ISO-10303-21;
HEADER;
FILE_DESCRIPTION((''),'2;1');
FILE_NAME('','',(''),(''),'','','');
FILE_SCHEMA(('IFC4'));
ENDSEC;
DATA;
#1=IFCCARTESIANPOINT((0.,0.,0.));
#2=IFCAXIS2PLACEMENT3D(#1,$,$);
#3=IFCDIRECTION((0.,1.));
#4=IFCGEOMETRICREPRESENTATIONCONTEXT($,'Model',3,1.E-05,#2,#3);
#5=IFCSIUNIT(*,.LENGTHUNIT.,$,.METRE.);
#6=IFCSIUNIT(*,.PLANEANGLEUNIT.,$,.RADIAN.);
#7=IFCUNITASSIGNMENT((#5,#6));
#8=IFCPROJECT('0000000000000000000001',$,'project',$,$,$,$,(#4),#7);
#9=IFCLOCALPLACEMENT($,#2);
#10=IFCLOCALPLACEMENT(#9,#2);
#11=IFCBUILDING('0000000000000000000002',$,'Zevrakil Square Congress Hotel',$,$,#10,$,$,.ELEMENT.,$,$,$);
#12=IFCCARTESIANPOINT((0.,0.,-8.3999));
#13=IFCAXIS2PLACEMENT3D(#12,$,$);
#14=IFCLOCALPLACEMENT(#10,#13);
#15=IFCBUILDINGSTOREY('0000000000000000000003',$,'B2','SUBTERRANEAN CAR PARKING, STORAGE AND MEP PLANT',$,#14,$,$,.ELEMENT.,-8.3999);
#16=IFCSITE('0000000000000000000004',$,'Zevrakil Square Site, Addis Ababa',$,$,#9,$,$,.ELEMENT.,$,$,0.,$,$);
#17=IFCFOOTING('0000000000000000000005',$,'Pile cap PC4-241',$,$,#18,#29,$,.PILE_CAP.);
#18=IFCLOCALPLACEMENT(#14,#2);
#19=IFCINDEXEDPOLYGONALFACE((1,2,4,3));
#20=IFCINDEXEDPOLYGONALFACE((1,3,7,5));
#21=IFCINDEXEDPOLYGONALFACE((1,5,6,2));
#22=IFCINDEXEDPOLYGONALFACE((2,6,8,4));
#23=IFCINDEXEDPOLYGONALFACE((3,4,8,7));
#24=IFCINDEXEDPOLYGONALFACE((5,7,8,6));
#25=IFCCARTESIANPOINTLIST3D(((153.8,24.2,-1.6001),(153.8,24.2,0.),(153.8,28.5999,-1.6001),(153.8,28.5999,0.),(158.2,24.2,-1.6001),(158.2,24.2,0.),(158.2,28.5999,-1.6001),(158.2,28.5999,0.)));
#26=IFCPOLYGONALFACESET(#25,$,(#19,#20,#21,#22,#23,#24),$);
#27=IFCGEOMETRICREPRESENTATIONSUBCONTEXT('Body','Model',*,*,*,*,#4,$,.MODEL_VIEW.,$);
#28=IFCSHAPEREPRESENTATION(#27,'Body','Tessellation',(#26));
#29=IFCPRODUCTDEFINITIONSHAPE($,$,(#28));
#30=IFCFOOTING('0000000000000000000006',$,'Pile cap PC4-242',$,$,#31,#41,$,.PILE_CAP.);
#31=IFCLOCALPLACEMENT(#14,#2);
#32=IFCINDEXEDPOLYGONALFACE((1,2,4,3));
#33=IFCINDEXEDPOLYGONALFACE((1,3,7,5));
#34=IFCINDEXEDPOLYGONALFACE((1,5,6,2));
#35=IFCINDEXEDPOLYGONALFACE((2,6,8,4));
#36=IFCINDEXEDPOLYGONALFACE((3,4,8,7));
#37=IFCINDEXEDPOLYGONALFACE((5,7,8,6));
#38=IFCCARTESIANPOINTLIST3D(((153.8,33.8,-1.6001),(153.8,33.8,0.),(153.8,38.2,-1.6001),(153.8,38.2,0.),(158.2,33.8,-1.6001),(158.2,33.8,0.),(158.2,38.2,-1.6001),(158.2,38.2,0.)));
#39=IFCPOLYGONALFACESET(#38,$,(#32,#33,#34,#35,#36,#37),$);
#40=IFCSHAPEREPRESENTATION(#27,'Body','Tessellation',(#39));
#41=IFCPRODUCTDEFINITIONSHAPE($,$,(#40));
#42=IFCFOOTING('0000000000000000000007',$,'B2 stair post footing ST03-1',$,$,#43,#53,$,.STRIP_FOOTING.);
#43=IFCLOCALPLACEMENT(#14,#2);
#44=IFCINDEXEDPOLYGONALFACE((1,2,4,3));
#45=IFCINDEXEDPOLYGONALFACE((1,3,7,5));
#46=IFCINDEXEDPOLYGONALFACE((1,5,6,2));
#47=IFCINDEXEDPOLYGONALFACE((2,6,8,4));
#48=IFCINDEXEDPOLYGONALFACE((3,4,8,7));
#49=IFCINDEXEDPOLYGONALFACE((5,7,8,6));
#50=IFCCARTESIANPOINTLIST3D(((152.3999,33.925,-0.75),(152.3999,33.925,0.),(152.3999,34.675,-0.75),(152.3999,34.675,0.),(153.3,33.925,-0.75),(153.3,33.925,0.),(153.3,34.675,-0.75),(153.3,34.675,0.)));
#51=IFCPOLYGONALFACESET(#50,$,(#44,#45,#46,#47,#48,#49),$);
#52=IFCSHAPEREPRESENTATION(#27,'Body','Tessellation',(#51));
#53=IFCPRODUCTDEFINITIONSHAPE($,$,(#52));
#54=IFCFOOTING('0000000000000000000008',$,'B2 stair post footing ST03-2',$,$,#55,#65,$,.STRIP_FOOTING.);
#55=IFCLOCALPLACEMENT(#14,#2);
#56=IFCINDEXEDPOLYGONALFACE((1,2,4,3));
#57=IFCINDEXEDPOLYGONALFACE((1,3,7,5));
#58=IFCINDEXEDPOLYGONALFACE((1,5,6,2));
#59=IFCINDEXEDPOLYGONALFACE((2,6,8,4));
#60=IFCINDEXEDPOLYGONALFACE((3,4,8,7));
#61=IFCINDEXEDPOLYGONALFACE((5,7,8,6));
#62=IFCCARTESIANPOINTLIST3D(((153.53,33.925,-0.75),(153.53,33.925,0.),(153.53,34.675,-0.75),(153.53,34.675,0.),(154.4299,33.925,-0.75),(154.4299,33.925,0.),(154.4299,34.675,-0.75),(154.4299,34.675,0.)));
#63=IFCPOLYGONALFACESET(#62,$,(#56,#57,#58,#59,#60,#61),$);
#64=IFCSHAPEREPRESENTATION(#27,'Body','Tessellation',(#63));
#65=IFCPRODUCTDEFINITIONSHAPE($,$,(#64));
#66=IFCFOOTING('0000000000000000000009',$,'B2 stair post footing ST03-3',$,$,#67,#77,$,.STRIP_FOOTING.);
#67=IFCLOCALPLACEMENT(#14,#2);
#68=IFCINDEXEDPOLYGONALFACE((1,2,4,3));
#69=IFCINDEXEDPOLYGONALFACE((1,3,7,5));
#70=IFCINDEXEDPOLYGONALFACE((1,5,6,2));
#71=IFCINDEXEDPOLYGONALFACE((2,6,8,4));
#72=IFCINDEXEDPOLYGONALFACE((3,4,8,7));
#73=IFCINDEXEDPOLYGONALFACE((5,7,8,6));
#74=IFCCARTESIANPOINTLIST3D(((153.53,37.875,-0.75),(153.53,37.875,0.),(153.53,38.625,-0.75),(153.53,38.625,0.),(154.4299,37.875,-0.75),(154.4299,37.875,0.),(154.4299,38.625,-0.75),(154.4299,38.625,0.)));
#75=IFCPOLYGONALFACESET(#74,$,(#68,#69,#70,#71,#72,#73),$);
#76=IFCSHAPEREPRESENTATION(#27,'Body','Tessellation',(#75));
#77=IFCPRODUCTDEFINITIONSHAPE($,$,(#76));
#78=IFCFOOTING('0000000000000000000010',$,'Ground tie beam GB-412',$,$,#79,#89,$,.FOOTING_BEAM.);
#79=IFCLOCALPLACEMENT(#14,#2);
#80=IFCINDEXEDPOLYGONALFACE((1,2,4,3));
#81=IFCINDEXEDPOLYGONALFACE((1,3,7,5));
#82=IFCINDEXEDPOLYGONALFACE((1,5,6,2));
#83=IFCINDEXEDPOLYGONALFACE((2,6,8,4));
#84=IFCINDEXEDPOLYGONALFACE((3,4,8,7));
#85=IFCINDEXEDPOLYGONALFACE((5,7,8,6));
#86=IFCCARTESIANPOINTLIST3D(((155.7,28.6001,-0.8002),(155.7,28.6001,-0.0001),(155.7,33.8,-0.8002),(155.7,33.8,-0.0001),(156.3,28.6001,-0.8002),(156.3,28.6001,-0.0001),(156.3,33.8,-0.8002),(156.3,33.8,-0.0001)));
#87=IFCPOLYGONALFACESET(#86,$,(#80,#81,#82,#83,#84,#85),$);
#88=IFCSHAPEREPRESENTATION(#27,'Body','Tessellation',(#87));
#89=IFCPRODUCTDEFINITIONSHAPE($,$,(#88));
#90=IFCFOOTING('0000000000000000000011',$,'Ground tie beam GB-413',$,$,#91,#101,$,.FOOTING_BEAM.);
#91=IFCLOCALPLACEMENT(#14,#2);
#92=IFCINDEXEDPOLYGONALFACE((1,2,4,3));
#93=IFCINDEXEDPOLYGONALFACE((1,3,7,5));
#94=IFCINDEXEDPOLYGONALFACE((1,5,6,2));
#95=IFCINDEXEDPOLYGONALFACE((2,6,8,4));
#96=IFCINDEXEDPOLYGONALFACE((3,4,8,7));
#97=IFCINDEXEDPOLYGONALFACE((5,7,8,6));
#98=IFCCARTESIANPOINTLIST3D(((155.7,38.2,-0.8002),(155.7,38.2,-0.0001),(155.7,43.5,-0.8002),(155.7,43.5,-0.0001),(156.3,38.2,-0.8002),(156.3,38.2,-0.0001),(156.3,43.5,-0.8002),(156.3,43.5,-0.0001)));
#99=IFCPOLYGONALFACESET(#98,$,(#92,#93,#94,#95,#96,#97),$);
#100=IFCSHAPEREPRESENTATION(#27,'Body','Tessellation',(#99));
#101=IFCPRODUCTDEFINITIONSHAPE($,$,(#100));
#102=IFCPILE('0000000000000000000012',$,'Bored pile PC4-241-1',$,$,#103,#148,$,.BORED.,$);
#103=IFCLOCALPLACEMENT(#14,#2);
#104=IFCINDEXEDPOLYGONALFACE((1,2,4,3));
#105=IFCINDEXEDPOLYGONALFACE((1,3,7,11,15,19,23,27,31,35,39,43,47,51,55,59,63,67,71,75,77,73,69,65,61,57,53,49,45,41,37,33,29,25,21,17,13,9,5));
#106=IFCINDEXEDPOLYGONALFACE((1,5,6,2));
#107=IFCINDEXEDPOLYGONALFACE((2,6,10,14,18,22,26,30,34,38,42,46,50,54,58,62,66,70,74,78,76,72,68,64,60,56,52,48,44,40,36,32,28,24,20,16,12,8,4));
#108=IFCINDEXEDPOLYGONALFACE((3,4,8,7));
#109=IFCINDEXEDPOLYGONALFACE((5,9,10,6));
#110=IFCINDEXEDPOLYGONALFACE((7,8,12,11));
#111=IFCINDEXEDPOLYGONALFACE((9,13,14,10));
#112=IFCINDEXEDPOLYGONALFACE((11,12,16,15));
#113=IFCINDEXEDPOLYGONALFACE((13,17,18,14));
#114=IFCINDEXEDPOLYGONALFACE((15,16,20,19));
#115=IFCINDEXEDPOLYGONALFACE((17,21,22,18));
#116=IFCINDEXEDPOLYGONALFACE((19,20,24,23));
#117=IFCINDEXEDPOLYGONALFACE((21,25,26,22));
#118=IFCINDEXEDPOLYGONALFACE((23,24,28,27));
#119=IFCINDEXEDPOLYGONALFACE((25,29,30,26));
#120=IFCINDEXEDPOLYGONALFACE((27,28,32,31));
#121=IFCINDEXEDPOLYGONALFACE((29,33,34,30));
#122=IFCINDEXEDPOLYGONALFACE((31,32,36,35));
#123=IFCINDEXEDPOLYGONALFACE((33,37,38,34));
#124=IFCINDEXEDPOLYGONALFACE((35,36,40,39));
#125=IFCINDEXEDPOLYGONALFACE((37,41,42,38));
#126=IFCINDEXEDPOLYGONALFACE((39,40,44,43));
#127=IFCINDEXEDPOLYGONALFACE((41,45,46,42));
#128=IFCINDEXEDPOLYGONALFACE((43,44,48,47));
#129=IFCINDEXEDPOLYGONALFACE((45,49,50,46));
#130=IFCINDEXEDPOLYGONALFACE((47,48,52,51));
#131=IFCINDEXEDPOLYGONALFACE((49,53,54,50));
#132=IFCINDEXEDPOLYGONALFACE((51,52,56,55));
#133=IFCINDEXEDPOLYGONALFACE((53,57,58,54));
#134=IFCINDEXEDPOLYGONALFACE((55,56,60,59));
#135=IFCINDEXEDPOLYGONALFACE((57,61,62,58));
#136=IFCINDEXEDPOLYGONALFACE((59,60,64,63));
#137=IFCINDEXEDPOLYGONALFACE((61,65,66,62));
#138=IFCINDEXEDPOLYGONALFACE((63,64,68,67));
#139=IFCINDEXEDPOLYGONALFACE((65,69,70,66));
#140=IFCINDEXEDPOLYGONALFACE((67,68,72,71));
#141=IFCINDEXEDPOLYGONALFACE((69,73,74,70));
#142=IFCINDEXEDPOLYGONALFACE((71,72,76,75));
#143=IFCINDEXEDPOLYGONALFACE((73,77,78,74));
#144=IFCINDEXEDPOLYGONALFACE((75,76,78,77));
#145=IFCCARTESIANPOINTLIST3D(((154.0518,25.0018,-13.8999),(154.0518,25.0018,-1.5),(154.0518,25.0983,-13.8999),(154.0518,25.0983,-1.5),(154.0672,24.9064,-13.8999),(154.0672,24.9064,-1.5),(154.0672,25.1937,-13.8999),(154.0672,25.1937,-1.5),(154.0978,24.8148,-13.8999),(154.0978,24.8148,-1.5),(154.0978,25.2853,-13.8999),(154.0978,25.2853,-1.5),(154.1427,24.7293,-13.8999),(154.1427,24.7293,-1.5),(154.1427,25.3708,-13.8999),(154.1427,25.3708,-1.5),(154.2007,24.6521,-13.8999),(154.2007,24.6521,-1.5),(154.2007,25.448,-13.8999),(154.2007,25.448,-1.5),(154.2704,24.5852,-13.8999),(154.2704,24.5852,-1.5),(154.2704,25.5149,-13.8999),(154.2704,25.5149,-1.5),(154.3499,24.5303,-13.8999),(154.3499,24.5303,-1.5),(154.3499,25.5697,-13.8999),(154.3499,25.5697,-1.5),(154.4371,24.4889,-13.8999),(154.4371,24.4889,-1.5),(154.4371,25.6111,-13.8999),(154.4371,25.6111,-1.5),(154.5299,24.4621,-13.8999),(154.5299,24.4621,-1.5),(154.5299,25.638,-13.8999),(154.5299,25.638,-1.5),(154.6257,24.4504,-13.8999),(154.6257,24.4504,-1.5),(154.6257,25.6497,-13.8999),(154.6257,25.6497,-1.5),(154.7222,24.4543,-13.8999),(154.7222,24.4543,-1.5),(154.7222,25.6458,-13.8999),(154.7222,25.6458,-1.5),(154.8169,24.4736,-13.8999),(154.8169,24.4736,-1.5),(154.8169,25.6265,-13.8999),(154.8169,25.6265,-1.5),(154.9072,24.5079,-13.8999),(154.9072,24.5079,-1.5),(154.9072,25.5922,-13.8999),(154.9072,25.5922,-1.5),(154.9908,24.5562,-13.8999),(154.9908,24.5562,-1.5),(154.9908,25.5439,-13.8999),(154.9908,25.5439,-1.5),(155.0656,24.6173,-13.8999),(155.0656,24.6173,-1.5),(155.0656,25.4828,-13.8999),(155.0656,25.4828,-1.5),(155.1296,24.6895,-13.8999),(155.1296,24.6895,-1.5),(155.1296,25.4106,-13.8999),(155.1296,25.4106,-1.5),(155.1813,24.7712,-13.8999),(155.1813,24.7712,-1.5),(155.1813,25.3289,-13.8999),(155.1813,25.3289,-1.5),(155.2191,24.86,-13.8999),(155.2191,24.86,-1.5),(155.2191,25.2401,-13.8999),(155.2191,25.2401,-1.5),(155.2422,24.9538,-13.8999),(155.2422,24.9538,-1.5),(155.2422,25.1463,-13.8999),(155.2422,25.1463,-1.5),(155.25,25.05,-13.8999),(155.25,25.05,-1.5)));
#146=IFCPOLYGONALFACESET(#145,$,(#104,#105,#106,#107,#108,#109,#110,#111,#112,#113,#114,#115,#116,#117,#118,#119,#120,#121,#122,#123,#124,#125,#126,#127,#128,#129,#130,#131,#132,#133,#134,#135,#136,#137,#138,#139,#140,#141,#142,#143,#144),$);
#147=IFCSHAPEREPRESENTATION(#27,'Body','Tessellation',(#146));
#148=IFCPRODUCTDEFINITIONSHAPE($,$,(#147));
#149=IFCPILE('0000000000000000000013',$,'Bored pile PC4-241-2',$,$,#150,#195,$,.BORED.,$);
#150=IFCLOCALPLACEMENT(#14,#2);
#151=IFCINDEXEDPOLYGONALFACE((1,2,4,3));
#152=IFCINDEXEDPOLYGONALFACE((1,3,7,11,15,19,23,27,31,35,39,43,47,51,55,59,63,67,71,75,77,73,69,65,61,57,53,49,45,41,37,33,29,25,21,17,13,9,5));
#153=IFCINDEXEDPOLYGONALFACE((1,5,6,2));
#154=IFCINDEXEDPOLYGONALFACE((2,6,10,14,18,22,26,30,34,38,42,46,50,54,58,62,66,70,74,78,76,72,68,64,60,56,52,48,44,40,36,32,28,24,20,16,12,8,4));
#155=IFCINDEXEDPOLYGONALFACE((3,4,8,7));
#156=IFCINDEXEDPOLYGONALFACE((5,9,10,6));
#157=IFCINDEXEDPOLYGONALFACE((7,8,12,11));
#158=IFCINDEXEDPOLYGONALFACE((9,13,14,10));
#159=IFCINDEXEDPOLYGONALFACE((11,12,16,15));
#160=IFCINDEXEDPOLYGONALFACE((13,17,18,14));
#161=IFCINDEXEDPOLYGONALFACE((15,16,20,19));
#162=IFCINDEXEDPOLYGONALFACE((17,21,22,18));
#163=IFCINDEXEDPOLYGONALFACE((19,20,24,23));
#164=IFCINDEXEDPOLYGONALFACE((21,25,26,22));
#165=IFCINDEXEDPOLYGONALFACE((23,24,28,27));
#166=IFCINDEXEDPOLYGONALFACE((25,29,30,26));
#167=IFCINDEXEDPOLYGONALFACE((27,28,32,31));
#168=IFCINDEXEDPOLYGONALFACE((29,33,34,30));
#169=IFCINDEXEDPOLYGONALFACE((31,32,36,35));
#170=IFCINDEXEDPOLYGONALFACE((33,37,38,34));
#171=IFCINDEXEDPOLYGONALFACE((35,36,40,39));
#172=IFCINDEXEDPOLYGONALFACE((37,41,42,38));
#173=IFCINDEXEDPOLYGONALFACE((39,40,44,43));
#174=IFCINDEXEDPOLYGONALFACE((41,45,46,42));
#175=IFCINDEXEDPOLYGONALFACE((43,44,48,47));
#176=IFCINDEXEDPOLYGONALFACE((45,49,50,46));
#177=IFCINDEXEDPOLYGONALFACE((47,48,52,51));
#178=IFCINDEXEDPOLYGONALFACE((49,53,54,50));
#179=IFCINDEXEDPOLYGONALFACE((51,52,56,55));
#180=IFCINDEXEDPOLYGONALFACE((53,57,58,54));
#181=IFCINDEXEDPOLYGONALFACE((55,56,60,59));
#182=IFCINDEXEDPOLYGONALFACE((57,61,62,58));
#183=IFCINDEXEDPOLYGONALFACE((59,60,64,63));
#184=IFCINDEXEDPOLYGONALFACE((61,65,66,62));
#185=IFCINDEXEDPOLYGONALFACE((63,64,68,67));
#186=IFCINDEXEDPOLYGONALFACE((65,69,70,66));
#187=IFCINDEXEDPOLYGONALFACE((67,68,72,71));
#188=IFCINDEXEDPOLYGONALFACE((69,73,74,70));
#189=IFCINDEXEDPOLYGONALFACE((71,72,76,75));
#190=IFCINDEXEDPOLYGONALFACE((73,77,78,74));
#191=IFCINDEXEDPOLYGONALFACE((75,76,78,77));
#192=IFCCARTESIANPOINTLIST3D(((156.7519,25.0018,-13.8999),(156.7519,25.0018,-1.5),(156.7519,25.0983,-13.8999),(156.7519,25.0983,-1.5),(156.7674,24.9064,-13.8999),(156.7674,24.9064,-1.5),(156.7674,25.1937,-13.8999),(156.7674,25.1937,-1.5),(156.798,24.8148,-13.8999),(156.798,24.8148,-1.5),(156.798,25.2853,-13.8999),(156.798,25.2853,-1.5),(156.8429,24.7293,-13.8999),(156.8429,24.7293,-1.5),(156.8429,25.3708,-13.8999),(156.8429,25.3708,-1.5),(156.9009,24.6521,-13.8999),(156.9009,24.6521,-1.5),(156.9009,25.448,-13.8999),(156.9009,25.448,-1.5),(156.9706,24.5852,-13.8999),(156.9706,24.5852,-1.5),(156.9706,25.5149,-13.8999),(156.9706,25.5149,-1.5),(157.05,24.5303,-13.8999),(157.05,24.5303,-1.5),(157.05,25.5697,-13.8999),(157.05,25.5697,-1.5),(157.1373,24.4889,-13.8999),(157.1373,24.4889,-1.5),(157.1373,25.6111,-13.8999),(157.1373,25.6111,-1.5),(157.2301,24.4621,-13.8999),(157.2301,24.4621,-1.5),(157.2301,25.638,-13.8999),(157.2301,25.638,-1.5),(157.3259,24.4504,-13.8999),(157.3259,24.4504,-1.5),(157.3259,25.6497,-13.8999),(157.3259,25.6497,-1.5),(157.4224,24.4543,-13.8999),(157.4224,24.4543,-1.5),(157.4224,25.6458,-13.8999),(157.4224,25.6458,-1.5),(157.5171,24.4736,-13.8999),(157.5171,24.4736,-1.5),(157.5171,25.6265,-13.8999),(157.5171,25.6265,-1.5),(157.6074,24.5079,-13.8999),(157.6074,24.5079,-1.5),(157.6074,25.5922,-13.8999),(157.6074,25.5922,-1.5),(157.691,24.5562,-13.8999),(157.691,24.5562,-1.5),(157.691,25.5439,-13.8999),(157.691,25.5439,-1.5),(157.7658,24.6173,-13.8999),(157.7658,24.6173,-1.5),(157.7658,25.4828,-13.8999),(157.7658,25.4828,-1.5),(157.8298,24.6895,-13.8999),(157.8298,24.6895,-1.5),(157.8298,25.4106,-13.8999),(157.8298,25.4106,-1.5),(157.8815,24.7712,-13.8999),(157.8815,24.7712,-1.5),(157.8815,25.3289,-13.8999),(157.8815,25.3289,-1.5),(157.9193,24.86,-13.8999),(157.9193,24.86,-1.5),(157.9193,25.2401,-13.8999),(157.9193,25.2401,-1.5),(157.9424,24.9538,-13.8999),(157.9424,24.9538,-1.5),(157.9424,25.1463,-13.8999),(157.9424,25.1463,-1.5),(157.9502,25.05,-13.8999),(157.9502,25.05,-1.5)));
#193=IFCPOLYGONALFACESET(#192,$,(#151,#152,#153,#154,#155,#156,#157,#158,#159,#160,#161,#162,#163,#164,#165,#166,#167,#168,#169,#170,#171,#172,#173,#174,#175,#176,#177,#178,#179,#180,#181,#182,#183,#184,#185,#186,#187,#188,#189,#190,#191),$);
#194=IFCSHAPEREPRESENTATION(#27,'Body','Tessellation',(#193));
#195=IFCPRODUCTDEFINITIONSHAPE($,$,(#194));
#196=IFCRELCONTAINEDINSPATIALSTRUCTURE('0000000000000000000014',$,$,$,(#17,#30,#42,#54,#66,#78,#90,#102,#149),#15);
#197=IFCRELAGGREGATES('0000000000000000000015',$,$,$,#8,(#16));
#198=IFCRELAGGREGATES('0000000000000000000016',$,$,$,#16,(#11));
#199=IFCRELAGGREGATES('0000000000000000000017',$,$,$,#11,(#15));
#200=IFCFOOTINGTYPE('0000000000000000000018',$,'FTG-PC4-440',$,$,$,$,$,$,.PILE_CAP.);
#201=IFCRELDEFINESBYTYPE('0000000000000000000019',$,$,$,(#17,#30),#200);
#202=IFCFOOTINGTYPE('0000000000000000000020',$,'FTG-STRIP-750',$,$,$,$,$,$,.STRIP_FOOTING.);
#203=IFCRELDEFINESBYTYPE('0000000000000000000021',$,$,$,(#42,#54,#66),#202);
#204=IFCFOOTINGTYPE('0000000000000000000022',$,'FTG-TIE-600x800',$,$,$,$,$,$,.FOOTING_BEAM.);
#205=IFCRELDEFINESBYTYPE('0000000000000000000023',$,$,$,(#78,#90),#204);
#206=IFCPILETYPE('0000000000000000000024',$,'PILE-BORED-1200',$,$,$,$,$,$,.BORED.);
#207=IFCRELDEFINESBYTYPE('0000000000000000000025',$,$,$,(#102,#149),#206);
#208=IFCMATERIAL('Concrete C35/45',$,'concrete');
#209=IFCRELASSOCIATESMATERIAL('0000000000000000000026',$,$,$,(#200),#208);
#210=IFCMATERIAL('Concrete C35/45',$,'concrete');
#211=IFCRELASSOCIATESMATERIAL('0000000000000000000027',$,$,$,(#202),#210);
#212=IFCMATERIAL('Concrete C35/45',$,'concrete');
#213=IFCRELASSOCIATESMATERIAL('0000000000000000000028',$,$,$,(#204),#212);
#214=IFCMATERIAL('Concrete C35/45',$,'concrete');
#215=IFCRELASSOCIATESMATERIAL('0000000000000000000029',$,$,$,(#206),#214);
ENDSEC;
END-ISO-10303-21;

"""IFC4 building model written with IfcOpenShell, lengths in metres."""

from ifc_helpers import new_model, si_unit, direction, frame, origin, origin_2d, place, context, subcontext, project, spatial, rectangle, circle, extrude, material, material_profile, profile_set, type_object, element, save


model = new_model("IFC4")

# Units and contexts
model_context = context("Model", 3, precision=1e-05, world=origin(), true_north=direction((0.0, 1.0)))
body_context = subcontext(model_context, "Body", "Model", "MODEL_VIEW")
ifc_project = project(units=[si_unit("LENGTHUNIT", "METRE"), si_unit("PLANEANGLEUNIT", "RADIAN")], contexts=[model_context])

# Site, building, storey
site_placement = place(None, origin())
site = spatial("IfcSite", under=ifc_project, at=site_placement, Name="Zevrakil Square Site, Addis Ababa", CompositionType="ELEMENT", RefElevation=0.0)
building_placement = place(site_placement, origin())
building = spatial("IfcBuilding", under=site, at=building_placement, Name="Zevrakil Square Congress Hotel", CompositionType="ELEMENT")
storey_placement = place(building_placement, frame((0.0, 0.0, -8.3999)))
storey = spatial("IfcBuildingStorey", under=building, at=storey_placement, Name="B2", Description="SUBTERRANEAN CAR PARKING, STORAGE AND MEP PLANT", CompositionType="ELEMENT", Elevation=-8.3999)

# Footings
ifc_material_1 = material(Name="Concrete C35/45", Category="concrete")
footing_type_1 = type_object("IfcFootingType", Name="FTG-PC4-440", PredefinedType="PILE_CAP", material=ifc_material_1)
for number, where, z_axis, x_axis, name in (
    (1, (156.0, 26.3999, -1.6001), (0.0, 0.0, 1.0), (1.0, 0.0, 0.0), "Pile cap PC4-241"),
    (2, (156.0, 36.0, -1.6001), (0.0, 0.0, 1.0), (1.0, 0.0, 0.0), "Pile cap PC4-242"),
):
    element("IfcFooting", number, at=place(storey_placement, frame(where, z_axis=z_axis, x_axis=x_axis)), inside=storey, type_object=footing_type_1, Name=name, PredefinedType="PILE_CAP", context=body_context, shape_type="SweptSolid", body=[
        extrude(rectangle(XDim=4.3999, YDim=4.3999, at=origin_2d()), origin(), (0.0, 0.0, 1.0), 1.6001),
    ])
ifc_material_2 = material(Name="Concrete C35/45", Category="concrete")
ifc_material_profile_1 = material_profile(ifc_material_2, rectangle(XDim=0.75, YDim=0.75, at=origin_2d()), Name="RC 750x750")
ifc_profile_set_1 = profile_set([ifc_material_profile_1], Name="Concrete C35/45")
footing_type_2 = type_object("IfcFootingType", Name="FTG-STRIP-750", PredefinedType="STRIP_FOOTING", material=ifc_profile_set_1)
footing_1_placement = place(storey_placement, frame((152.3999, 34.3, -0.375), z_axis=(1.0, 0.0, 0.0), x_axis=(0.0, 1.0, 0.0)))
element("IfcFooting", 3, at=footing_1_placement, inside=storey, type_object=footing_type_2, Name="B2 stair post footing ST03-1", PredefinedType="STRIP_FOOTING", context=body_context, shape_type="SweptSolid", body=[
    extrude(rectangle(XDim=0.75, YDim=0.75, at=origin_2d()), origin(), (0.0, 0.0, 1.0), 0.9001),
])
for number, where, z_axis, x_axis, name in (
    (4, (153.53, 34.3, -0.375), (1.0, 0.0, 0.0), (0.0, 1.0, 0.0), "B2 stair post footing ST03-2"),
    (5, (153.53, 38.25, -0.375), (1.0, 0.0, 0.0), (0.0, 1.0, 0.0), "B2 stair post footing ST03-3"),
):
    element("IfcFooting", number, at=place(storey_placement, frame(where, z_axis=z_axis, x_axis=x_axis)), inside=storey, type_object=footing_type_2, Name=name, PredefinedType="STRIP_FOOTING", context=body_context, shape_type="SweptSolid", body=[
        extrude(rectangle(XDim=0.75, YDim=0.75, at=origin_2d()), origin(), (0.0, 0.0, 1.0), 0.8999),
    ])
ifc_material_3 = material(Name="Concrete C35/45", Category="concrete")
ifc_material_profile_2 = material_profile(ifc_material_3, rectangle(XDim=0.6001, YDim=0.8, at=origin_2d()), Name="RC 600x800")
ifc_profile_set_2 = profile_set([ifc_material_profile_2], Name="Concrete C35/45")
footing_type_3 = type_object("IfcFootingType", Name="FTG-TIE-600x800", PredefinedType="FOOTING_BEAM", material=ifc_profile_set_2)
footing_2_placement = place(storey_placement, frame((156.0, 28.6001, -0.4001), z_axis=(0.0, 1.0, 0.0), x_axis=(-1.0, 0.0, 0.0)))
element("IfcFooting", 6, at=footing_2_placement, inside=storey, type_object=footing_type_3, Name="Ground tie beam GB-412", PredefinedType="FOOTING_BEAM", context=body_context, shape_type="SweptSolid", body=[
    extrude(rectangle(XDim=0.6001, YDim=0.8, at=origin_2d()), origin(), (0.0, 0.0, 1.0), 5.2),
])
footing_3_placement = place(storey_placement, frame((156.0, 38.2, -0.4001), z_axis=(0.0, 1.0, 0.0), x_axis=(-1.0, 0.0, 0.0)))
element("IfcFooting", 7, at=footing_3_placement, inside=storey, type_object=footing_type_3, Name="Ground tie beam GB-413", PredefinedType="FOOTING_BEAM", context=body_context, shape_type="SweptSolid", body=[
    extrude(rectangle(XDim=0.6001, YDim=0.8, at=origin_2d()), origin(), (0.0, 0.0, 1.0), 5.3),
])

# Piles
ifc_material_4 = material(Name="Concrete C35/45", Category="concrete")
ifc_material_profile_3 = material_profile(ifc_material_4, circle(Radius=0.6001, at=origin_2d()), Name="PILE D1200")
ifc_profile_set_3 = profile_set([ifc_material_profile_3], Name="Concrete C35/45")
pile_type = type_object("IfcPileType", Name="PILE-BORED-1200", PredefinedType="BORED", material=ifc_profile_set_3)
for number, where, z_axis, x_axis, name in (
    (8, (154.6499, 25.05, -1.5), (0.0, 0.0, -1.0), (1.0, 0.0, 0.0), "Bored pile PC4-241-1"),
    (9, (157.3501, 25.05, -1.5), (0.0, 0.0, -1.0), (1.0, 0.0, 0.0), "Bored pile PC4-241-2"),
):
    element("IfcPile", number, at=place(storey_placement, frame(where, z_axis=z_axis, x_axis=x_axis)), inside=storey, type_object=pile_type, Name=name, PredefinedType="BORED", context=body_context, shape_type="SweptSolid", body=[
        extrude(circle(Radius=0.6001, at=origin_2d()), origin(), (0.0, 0.0, 1.0), 12.3999),
    ])

save(model, "model.ifc")
